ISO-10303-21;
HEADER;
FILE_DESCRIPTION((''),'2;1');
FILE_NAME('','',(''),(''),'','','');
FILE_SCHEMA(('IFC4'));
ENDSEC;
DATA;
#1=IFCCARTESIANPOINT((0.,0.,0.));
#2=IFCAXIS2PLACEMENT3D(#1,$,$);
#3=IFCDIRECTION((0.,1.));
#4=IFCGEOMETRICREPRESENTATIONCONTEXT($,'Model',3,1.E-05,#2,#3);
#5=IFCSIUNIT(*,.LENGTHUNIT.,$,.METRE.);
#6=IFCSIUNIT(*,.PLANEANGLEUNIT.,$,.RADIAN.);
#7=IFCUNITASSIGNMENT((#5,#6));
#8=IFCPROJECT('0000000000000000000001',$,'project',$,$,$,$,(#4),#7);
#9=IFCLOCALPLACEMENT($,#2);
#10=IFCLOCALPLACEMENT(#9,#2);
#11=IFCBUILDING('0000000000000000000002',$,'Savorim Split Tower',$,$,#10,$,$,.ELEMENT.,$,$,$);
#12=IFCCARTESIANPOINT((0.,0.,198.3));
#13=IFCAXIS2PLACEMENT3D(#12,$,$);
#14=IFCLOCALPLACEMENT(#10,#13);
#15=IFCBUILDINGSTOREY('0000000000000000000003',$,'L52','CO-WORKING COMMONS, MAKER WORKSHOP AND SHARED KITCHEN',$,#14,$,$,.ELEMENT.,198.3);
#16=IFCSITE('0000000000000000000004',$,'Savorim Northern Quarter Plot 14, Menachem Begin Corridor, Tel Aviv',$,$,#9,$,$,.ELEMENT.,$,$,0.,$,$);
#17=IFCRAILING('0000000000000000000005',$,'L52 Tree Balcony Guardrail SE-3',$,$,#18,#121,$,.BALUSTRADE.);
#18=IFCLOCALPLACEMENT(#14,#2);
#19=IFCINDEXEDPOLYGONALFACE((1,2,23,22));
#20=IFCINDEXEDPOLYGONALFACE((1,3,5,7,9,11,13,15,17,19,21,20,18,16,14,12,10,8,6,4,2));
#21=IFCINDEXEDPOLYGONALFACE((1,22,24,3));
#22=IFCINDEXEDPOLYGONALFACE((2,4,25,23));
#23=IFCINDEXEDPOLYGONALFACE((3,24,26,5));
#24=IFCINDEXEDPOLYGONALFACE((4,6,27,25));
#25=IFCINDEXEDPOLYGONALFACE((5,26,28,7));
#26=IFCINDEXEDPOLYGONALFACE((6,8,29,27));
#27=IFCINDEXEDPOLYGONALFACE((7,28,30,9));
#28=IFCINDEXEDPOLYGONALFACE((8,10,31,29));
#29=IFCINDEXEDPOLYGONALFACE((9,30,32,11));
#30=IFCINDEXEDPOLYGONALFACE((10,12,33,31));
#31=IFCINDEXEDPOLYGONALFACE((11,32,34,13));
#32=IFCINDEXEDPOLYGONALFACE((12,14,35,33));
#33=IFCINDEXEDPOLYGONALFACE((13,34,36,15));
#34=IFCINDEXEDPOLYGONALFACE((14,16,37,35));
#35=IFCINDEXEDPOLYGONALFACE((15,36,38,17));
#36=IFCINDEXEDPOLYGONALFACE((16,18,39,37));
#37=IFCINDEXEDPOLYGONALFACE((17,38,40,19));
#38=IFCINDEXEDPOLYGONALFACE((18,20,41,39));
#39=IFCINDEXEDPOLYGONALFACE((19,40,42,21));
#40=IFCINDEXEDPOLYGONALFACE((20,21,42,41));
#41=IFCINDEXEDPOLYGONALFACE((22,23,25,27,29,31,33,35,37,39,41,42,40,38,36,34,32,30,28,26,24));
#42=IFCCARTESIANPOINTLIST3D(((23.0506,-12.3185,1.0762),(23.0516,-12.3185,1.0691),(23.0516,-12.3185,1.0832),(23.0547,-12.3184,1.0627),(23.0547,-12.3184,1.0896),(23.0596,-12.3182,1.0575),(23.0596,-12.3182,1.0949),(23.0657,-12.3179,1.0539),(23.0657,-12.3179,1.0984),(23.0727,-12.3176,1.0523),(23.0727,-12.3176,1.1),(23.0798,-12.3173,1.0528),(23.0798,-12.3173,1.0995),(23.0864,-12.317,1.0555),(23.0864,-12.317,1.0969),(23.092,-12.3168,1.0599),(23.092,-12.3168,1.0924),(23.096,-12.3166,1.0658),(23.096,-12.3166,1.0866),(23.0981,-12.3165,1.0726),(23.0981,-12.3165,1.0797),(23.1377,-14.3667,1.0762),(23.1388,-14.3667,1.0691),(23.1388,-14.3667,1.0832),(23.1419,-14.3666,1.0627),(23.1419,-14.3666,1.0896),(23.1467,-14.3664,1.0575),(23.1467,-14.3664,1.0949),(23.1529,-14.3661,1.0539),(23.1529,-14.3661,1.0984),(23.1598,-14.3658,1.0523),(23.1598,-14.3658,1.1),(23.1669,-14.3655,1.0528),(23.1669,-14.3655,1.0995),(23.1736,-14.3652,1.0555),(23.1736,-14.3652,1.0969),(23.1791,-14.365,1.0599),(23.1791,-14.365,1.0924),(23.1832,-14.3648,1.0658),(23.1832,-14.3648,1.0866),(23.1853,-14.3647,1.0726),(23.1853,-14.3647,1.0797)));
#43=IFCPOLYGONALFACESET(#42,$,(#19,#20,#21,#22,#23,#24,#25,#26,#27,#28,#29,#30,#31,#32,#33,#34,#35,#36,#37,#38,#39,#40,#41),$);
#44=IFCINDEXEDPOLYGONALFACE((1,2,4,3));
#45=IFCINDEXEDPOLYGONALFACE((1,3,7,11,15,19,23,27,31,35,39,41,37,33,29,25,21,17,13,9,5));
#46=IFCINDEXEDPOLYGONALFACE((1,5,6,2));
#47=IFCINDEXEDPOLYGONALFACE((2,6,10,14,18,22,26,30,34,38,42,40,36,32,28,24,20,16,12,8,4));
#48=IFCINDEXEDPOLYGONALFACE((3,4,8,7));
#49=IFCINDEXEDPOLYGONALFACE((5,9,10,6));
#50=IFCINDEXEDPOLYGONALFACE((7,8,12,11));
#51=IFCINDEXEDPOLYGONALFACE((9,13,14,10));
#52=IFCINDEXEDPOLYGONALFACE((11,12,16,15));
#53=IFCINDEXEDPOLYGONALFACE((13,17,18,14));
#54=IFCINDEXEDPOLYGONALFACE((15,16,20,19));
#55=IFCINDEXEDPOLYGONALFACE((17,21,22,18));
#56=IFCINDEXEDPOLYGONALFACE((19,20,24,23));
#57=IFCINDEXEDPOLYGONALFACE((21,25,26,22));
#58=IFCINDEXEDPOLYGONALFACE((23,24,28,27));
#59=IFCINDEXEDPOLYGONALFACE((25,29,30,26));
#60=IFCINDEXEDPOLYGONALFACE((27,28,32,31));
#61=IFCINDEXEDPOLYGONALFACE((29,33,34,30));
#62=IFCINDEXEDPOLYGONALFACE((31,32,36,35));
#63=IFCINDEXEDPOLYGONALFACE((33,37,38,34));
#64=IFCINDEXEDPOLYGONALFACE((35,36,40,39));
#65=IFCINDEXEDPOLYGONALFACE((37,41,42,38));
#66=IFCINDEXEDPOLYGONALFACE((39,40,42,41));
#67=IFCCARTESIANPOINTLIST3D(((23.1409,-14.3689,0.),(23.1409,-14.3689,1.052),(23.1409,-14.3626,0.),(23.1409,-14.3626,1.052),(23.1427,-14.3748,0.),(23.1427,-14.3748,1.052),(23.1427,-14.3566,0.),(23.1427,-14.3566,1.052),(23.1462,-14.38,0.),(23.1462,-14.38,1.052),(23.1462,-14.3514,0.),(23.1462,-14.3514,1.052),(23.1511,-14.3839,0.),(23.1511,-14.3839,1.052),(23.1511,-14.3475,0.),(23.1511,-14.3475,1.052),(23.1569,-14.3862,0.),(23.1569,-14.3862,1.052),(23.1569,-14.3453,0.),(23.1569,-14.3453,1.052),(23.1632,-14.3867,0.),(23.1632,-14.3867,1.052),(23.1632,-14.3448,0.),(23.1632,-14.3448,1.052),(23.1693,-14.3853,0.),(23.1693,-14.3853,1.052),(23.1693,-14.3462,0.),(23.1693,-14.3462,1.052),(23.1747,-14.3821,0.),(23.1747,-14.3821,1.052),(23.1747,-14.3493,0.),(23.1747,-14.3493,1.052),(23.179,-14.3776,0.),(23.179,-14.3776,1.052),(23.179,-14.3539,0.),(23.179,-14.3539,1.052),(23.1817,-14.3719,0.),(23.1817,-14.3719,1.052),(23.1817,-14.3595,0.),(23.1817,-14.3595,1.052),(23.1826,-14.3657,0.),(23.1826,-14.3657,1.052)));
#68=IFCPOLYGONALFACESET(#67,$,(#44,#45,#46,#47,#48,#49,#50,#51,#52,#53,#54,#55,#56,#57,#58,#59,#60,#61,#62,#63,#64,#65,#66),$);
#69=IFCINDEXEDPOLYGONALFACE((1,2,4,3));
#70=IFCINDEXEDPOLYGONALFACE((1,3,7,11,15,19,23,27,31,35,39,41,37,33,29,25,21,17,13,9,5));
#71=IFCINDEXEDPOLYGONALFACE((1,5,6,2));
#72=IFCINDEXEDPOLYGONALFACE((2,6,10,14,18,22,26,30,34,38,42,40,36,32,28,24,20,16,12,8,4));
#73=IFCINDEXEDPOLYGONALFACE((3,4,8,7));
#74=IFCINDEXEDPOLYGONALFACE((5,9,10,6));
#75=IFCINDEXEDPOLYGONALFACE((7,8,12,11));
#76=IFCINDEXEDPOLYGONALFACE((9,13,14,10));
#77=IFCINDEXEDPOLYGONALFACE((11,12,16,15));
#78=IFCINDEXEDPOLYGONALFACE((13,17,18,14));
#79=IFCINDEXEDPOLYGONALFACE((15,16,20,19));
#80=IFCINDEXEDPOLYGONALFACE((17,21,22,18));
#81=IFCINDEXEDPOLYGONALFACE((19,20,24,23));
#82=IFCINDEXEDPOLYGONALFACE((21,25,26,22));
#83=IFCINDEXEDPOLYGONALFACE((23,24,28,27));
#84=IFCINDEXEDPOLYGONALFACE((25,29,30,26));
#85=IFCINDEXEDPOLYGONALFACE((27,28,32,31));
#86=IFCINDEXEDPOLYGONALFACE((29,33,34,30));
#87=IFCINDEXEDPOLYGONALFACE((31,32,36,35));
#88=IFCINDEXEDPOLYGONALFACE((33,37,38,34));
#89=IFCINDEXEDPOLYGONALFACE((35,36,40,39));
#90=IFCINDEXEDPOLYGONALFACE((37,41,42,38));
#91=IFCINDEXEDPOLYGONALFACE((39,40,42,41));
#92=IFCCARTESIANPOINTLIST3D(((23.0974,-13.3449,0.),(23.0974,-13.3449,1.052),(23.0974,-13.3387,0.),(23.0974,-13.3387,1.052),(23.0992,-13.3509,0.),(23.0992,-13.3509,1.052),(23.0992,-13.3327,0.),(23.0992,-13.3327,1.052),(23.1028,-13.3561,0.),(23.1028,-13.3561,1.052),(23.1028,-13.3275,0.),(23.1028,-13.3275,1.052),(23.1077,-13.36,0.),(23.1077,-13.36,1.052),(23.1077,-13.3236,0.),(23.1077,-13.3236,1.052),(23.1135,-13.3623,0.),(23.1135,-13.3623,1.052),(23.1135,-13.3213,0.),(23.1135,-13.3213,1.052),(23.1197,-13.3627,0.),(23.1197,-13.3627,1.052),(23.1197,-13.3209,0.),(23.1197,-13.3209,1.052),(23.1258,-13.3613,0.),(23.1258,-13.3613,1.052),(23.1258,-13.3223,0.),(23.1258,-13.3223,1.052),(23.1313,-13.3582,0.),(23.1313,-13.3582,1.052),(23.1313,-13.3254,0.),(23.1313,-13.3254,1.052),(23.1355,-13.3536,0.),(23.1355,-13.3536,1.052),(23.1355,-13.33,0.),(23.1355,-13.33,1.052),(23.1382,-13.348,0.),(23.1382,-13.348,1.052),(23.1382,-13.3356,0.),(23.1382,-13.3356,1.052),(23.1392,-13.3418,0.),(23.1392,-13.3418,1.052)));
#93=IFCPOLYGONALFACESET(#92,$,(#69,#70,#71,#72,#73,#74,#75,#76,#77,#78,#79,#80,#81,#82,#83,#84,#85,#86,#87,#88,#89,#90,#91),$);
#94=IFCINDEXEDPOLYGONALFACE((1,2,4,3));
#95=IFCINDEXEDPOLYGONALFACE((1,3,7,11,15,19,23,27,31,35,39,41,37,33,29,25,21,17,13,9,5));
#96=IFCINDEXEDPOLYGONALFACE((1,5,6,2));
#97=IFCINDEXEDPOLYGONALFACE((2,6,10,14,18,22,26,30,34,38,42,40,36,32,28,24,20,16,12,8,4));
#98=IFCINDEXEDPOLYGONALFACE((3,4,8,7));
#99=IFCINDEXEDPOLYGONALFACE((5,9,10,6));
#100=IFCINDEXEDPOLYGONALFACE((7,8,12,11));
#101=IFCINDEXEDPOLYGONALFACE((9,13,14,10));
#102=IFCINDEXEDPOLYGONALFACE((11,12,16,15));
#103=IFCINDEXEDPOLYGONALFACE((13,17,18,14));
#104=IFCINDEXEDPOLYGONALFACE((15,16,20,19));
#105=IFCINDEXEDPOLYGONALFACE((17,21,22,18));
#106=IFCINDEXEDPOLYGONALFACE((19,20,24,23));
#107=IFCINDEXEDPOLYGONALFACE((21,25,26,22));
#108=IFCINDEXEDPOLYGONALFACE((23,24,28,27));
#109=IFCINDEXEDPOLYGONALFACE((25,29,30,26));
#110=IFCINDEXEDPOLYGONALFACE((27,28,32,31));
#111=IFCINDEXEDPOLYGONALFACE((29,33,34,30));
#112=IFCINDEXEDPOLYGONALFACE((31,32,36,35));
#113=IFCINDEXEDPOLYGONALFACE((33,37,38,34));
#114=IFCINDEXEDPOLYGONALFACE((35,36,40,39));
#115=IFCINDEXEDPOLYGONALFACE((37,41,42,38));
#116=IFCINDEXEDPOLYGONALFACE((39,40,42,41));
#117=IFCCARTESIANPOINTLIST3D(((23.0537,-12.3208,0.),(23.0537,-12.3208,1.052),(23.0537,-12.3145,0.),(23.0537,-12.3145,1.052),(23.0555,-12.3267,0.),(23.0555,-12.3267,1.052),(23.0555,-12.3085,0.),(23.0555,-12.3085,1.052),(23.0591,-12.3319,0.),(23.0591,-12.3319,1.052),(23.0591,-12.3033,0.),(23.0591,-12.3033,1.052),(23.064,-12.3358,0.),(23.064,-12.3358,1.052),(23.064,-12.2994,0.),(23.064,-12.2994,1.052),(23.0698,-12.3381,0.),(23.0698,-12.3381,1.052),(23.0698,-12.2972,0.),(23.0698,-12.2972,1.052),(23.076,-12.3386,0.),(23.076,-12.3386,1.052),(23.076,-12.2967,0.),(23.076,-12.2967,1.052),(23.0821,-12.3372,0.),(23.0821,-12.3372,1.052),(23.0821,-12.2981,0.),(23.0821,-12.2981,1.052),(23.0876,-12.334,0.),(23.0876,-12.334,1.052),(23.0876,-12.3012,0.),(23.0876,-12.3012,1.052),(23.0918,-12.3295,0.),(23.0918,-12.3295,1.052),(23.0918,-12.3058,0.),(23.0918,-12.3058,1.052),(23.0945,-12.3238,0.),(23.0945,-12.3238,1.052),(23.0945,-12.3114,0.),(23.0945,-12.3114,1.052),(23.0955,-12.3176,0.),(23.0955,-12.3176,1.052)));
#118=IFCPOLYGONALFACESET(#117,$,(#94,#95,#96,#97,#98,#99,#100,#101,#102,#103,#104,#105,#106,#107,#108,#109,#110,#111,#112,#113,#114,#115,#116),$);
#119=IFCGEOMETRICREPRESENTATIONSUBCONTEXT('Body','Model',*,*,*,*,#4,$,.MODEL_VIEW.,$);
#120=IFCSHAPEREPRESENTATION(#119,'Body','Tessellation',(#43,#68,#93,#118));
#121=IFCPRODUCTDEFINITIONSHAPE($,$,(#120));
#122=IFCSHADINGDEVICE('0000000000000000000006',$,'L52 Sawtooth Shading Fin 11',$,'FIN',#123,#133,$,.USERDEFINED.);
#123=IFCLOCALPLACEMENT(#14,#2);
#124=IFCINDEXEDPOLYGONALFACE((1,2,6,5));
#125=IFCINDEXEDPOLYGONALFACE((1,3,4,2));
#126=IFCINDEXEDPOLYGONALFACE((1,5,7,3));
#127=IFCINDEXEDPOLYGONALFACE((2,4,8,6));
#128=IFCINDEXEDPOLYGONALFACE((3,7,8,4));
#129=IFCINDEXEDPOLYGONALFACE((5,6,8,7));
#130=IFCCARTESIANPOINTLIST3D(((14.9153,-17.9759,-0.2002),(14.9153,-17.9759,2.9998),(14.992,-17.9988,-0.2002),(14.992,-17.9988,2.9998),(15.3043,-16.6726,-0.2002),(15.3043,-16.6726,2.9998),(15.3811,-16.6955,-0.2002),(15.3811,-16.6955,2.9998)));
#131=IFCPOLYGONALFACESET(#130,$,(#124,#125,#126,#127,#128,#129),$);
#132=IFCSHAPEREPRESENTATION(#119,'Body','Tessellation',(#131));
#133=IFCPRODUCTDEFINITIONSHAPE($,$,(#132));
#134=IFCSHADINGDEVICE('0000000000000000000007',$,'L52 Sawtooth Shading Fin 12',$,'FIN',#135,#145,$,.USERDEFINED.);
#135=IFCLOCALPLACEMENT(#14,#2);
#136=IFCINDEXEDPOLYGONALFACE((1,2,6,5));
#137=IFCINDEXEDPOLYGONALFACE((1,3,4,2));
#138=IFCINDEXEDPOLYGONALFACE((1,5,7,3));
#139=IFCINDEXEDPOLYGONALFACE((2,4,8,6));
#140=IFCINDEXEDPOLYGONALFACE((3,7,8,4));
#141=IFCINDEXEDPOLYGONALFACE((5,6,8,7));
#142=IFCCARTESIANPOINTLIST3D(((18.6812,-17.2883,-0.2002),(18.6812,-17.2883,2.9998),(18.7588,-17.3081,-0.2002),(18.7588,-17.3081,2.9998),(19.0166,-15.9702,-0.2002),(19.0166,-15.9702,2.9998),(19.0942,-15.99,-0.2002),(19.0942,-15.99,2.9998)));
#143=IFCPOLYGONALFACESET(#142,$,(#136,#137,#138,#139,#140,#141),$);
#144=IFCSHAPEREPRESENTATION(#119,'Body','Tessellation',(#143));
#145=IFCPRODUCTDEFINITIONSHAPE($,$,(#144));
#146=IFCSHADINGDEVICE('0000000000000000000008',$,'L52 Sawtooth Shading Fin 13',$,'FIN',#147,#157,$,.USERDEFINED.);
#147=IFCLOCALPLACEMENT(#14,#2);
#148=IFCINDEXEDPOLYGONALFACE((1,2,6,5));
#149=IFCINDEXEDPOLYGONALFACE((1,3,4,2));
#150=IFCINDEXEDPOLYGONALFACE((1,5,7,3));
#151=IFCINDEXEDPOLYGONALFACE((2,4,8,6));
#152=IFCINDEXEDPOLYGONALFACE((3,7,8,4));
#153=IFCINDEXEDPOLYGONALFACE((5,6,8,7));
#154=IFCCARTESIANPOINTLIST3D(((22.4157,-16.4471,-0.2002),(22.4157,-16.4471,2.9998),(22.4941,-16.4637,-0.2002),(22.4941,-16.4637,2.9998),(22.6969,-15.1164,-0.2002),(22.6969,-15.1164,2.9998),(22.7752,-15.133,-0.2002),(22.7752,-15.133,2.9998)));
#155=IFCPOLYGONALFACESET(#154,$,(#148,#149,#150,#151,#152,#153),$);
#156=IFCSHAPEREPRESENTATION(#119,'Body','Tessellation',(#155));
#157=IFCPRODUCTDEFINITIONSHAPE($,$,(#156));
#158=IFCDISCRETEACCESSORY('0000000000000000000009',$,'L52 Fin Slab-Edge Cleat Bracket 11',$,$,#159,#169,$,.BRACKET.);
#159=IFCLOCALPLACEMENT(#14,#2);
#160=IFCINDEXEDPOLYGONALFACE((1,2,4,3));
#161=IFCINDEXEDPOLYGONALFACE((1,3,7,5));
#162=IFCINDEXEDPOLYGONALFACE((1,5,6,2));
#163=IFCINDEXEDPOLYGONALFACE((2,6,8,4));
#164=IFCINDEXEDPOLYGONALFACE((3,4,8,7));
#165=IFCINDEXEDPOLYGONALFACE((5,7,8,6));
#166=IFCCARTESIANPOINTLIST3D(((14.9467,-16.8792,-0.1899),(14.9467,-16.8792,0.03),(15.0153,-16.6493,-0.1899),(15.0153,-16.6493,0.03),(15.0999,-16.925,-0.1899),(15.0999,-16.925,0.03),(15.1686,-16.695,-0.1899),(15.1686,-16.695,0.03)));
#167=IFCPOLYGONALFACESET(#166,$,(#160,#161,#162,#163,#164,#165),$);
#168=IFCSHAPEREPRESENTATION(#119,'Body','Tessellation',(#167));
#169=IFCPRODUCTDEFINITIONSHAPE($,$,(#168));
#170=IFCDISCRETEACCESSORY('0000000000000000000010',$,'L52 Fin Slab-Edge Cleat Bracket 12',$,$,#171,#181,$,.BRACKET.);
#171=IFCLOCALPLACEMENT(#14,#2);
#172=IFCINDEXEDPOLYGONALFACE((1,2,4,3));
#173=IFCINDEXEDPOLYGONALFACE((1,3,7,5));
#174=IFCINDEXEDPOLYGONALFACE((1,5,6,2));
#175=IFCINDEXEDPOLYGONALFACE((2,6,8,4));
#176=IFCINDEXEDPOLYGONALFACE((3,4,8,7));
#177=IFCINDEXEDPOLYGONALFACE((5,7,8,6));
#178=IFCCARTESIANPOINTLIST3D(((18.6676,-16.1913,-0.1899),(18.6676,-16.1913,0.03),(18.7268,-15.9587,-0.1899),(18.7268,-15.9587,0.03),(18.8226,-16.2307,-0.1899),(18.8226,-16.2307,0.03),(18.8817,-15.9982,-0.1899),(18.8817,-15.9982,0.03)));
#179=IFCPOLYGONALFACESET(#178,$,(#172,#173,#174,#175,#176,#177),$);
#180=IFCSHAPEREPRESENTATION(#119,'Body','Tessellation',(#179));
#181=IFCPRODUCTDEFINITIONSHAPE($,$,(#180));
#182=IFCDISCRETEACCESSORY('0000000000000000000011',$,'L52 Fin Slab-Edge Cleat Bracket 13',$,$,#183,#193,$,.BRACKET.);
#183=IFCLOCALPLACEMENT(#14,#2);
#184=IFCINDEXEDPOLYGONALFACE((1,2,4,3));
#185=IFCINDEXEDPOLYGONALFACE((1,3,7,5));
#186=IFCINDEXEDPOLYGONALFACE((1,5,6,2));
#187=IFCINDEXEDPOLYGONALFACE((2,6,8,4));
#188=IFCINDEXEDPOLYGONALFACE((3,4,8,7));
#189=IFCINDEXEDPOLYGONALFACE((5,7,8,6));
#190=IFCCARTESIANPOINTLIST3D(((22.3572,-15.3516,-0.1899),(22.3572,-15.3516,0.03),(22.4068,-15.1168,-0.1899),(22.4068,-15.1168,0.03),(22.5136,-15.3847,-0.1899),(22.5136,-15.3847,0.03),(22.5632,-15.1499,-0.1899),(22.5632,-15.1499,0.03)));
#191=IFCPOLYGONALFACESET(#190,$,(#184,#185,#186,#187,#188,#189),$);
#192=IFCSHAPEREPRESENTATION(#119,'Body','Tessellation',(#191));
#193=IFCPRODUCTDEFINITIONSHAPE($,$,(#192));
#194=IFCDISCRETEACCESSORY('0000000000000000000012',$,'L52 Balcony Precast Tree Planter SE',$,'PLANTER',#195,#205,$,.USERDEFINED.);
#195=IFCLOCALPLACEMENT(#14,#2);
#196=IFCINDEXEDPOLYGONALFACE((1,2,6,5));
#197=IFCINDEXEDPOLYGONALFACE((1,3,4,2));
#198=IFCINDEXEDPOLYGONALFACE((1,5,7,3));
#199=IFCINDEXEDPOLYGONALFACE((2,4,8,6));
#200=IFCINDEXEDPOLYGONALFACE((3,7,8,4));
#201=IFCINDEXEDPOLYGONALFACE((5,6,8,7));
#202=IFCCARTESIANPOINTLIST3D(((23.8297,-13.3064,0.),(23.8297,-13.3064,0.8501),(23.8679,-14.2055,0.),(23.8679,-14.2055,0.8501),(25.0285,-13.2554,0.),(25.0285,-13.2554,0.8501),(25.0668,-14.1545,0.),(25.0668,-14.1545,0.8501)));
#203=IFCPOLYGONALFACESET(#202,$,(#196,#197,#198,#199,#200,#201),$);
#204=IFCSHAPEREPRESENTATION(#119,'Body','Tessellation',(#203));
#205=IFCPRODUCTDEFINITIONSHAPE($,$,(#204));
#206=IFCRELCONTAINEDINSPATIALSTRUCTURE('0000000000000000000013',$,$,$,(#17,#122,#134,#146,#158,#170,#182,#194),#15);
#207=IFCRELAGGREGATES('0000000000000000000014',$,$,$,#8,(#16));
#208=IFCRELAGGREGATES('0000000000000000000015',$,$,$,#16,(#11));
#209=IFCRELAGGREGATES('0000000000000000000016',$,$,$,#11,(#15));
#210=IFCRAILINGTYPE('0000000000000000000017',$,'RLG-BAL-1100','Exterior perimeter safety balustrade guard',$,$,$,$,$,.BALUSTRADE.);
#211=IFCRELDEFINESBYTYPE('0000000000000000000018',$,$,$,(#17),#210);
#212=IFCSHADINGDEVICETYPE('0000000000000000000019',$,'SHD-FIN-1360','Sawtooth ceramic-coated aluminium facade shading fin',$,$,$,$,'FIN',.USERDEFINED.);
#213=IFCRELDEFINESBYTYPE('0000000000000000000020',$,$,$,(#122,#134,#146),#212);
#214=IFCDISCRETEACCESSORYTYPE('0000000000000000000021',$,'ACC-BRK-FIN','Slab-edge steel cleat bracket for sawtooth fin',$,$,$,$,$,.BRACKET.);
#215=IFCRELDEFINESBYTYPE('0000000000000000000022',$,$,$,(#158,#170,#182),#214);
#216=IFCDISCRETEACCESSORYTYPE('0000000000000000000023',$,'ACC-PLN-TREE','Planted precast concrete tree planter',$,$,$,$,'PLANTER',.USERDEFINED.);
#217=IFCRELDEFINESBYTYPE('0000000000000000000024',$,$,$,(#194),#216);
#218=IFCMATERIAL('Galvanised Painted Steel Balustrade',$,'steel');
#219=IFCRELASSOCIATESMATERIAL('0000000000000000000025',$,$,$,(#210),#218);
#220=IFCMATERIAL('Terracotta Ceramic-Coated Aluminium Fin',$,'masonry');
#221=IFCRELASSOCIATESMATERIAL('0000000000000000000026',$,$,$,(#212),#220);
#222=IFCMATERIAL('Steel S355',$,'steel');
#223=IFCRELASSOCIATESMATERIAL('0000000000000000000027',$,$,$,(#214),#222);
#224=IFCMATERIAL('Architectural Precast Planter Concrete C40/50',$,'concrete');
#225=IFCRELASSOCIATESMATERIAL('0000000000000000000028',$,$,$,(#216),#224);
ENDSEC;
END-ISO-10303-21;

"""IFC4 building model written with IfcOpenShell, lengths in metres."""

from ifc_helpers import new_model, si_unit, direction, frame, origin, origin_2d, place, context, subcontext, project, spatial, rectangle, circle, extrude, material, type_object, element, save


model = new_model("IFC4")

# Units and contexts
model_context = context("Model", 3, precision=1e-05, world=origin(), true_north=direction((0.0, 1.0)))
body_context = subcontext(model_context, "Body", "Model", "MODEL_VIEW")
ifc_project = project(units=[si_unit("LENGTHUNIT", "METRE"), si_unit("PLANEANGLEUNIT", "RADIAN")], contexts=[model_context])

# Site, building, storey
site_placement = place(None, origin())
site = spatial("IfcSite", under=ifc_project, at=site_placement, Name="Savorim Northern Quarter Plot 14, Menachem Begin Corridor, Tel Aviv", CompositionType="ELEMENT", RefElevation=0.0)
building_placement = place(site_placement, origin())
building = spatial("IfcBuilding", under=site, at=building_placement, Name="Savorim Split Tower", CompositionType="ELEMENT")
storey_placement = place(building_placement, frame((0.0, 0.0, 198.3)))
storey = spatial("IfcBuildingStorey", under=building, at=storey_placement, Name="L52", Description="CO-WORKING COMMONS, MAKER WORKSHOP AND SHARED KITCHEN", CompositionType="ELEMENT", Elevation=198.3)

# Shared definitions
ifc_material_1 = material(Name="Steel S355", Category="steel")

# Railing
ifc_material_2 = material(Name="Galvanised Painted Steel Balustrade", Category="steel")
railing_type = type_object("IfcRailingType", Name="RLG-BAL-1100", Description="Exterior perimeter safety balustrade guard", PredefinedType="BALUSTRADE", material=ifc_material_2)
railing_1_placement = place(storey_placement, frame((23.1616, -14.3657, 0.0)))
element("IfcRailing", 1, at=railing_1_placement, inside=storey, type_object=railing_type, Name="L52 Tree Balcony Guardrail SE-3", PredefinedType="BALUSTRADE", context=body_context, shape_type="SweptSolid", body=[
    extrude(circle(Radius=0.0239, at=origin_2d()), frame((0.0, 0.0, 1.0762), z_axis=(-0.042517, 0.999096, 0.0), x_axis=(-0.999096, -0.042517, 0.0)), (0.0, 0.0, 1.0), 2.05),
    extrude(circle(Radius=0.021, at=origin_2d()), origin(), (0.0, 0.0, 1.0), 1.052),
    extrude(circle(Radius=0.021, at=origin_2d()), frame((-0.0435, 1.0239, 0.0)), (0.0, 0.0, 1.0), 1.052),
    extrude(circle(Radius=0.021, at=origin_2d()), frame((-0.0872, 2.0481, 0.0)), (0.0, 0.0, 1.0), 1.052),
])

# Shading devices
ifc_material_3 = material(Name="Terracotta Ceramic-Coated Aluminium Fin", Category="masonry")
shading_device_type = type_object("IfcShadingDeviceType", Name="SHD-FIN-1360", Description="Sawtooth ceramic-coated aluminium facade shading fin", ElementType="FIN", PredefinedType="USERDEFINED", material=ifc_material_3)
for number, where, z_axis, x_axis, name in (
    (2, (15.1482, -17.3357, -0.2002), (0.0, 0.0, 1.0), (-0.286026, -0.958222, 0.0), "L52 Sawtooth Shading Fin 11"),
    (3, (18.8877, -16.6392, -0.2002), (0.0, 0.0, 1.0), (-0.246581, -0.969122, 0.0), "L52 Sawtooth Shading Fin 12"),
    (4, (22.5955, -15.79, -0.2002), (0.0, 0.0, 1.0), (-0.206722, -0.9784, 0.0), "L52 Sawtooth Shading Fin 13"),
):
    element("IfcShadingDevice", number, at=place(storey_placement, frame(where, z_axis=z_axis, x_axis=x_axis)), inside=storey, type_object=shading_device_type, Name=name, ObjectType="FIN", PredefinedType="USERDEFINED", context=body_context, shape_type="SweptSolid", body=[
        extrude(rectangle(XDim=1.3601, YDim=0.0801, at=origin_2d()), origin(), (0.0, 0.0, 1.0), 3.2),
    ])

# Discrete accessories
discrete_accessory_type_1 = type_object("IfcDiscreteAccessoryType", Name="ACC-BRK-FIN", Description="Slab-edge steel cleat bracket for sawtooth fin", PredefinedType="BRACKET", material=ifc_material_1)
for number, where, z_axis, x_axis, name in (
    (5, (15.0576, -16.7871, -0.1899), (0.0, 0.0, 1.0), (-0.286026, -0.958222, 0.0), "L52 Fin Slab-Edge Cleat Bracket 11"),
    (6, (18.7747, -16.0947, -0.1899), (0.0, 0.0, 1.0), (-0.246581, -0.969122, 0.0), "L52 Fin Slab-Edge Cleat Bracket 12"),
    (7, (22.4602, -15.2507, -0.1899), (0.0, 0.0, 1.0), (-0.206722, -0.9784, 0.0), "L52 Fin Slab-Edge Cleat Bracket 13"),
):
    element("IfcDiscreteAccessory", number, at=place(storey_placement, frame(where, z_axis=z_axis, x_axis=x_axis)), inside=storey, type_object=discrete_accessory_type_1, Name=name, PredefinedType="BRACKET", context=body_context, shape_type="SweptSolid", body=[
        extrude(rectangle(XDim=0.24, YDim=0.1599, at=origin_2d()), origin(), (0.0, 0.0, 1.0), 0.22),
    ])
ifc_material_4 = material(Name="Architectural Precast Planter Concrete C40/50", Category="concrete")
discrete_accessory_type_2 = type_object("IfcDiscreteAccessoryType", Name="ACC-PLN-TREE", Description="Planted precast concrete tree planter", ElementType="PLANTER", PredefinedType="USERDEFINED", material=ifc_material_4)
discrete_accessory_placement = place(storey_placement, frame((24.4482, -13.7305, 0.0), z_axis=(0.0, 0.0, 1.0), x_axis=(0.999096, 0.042512, 0.0)))
element("IfcDiscreteAccessory", 8, at=discrete_accessory_placement, inside=storey, type_object=discrete_accessory_type_2, Name="L52 Balcony Precast Tree Planter SE", ObjectType="PLANTER", PredefinedType="USERDEFINED", context=body_context, shape_type="SweptSolid", body=[
    extrude(rectangle(XDim=1.2, YDim=0.8999, at=origin_2d()), origin(), (0.0, 0.0, 1.0), 0.8501),
])

save(model, "model.ifc")
